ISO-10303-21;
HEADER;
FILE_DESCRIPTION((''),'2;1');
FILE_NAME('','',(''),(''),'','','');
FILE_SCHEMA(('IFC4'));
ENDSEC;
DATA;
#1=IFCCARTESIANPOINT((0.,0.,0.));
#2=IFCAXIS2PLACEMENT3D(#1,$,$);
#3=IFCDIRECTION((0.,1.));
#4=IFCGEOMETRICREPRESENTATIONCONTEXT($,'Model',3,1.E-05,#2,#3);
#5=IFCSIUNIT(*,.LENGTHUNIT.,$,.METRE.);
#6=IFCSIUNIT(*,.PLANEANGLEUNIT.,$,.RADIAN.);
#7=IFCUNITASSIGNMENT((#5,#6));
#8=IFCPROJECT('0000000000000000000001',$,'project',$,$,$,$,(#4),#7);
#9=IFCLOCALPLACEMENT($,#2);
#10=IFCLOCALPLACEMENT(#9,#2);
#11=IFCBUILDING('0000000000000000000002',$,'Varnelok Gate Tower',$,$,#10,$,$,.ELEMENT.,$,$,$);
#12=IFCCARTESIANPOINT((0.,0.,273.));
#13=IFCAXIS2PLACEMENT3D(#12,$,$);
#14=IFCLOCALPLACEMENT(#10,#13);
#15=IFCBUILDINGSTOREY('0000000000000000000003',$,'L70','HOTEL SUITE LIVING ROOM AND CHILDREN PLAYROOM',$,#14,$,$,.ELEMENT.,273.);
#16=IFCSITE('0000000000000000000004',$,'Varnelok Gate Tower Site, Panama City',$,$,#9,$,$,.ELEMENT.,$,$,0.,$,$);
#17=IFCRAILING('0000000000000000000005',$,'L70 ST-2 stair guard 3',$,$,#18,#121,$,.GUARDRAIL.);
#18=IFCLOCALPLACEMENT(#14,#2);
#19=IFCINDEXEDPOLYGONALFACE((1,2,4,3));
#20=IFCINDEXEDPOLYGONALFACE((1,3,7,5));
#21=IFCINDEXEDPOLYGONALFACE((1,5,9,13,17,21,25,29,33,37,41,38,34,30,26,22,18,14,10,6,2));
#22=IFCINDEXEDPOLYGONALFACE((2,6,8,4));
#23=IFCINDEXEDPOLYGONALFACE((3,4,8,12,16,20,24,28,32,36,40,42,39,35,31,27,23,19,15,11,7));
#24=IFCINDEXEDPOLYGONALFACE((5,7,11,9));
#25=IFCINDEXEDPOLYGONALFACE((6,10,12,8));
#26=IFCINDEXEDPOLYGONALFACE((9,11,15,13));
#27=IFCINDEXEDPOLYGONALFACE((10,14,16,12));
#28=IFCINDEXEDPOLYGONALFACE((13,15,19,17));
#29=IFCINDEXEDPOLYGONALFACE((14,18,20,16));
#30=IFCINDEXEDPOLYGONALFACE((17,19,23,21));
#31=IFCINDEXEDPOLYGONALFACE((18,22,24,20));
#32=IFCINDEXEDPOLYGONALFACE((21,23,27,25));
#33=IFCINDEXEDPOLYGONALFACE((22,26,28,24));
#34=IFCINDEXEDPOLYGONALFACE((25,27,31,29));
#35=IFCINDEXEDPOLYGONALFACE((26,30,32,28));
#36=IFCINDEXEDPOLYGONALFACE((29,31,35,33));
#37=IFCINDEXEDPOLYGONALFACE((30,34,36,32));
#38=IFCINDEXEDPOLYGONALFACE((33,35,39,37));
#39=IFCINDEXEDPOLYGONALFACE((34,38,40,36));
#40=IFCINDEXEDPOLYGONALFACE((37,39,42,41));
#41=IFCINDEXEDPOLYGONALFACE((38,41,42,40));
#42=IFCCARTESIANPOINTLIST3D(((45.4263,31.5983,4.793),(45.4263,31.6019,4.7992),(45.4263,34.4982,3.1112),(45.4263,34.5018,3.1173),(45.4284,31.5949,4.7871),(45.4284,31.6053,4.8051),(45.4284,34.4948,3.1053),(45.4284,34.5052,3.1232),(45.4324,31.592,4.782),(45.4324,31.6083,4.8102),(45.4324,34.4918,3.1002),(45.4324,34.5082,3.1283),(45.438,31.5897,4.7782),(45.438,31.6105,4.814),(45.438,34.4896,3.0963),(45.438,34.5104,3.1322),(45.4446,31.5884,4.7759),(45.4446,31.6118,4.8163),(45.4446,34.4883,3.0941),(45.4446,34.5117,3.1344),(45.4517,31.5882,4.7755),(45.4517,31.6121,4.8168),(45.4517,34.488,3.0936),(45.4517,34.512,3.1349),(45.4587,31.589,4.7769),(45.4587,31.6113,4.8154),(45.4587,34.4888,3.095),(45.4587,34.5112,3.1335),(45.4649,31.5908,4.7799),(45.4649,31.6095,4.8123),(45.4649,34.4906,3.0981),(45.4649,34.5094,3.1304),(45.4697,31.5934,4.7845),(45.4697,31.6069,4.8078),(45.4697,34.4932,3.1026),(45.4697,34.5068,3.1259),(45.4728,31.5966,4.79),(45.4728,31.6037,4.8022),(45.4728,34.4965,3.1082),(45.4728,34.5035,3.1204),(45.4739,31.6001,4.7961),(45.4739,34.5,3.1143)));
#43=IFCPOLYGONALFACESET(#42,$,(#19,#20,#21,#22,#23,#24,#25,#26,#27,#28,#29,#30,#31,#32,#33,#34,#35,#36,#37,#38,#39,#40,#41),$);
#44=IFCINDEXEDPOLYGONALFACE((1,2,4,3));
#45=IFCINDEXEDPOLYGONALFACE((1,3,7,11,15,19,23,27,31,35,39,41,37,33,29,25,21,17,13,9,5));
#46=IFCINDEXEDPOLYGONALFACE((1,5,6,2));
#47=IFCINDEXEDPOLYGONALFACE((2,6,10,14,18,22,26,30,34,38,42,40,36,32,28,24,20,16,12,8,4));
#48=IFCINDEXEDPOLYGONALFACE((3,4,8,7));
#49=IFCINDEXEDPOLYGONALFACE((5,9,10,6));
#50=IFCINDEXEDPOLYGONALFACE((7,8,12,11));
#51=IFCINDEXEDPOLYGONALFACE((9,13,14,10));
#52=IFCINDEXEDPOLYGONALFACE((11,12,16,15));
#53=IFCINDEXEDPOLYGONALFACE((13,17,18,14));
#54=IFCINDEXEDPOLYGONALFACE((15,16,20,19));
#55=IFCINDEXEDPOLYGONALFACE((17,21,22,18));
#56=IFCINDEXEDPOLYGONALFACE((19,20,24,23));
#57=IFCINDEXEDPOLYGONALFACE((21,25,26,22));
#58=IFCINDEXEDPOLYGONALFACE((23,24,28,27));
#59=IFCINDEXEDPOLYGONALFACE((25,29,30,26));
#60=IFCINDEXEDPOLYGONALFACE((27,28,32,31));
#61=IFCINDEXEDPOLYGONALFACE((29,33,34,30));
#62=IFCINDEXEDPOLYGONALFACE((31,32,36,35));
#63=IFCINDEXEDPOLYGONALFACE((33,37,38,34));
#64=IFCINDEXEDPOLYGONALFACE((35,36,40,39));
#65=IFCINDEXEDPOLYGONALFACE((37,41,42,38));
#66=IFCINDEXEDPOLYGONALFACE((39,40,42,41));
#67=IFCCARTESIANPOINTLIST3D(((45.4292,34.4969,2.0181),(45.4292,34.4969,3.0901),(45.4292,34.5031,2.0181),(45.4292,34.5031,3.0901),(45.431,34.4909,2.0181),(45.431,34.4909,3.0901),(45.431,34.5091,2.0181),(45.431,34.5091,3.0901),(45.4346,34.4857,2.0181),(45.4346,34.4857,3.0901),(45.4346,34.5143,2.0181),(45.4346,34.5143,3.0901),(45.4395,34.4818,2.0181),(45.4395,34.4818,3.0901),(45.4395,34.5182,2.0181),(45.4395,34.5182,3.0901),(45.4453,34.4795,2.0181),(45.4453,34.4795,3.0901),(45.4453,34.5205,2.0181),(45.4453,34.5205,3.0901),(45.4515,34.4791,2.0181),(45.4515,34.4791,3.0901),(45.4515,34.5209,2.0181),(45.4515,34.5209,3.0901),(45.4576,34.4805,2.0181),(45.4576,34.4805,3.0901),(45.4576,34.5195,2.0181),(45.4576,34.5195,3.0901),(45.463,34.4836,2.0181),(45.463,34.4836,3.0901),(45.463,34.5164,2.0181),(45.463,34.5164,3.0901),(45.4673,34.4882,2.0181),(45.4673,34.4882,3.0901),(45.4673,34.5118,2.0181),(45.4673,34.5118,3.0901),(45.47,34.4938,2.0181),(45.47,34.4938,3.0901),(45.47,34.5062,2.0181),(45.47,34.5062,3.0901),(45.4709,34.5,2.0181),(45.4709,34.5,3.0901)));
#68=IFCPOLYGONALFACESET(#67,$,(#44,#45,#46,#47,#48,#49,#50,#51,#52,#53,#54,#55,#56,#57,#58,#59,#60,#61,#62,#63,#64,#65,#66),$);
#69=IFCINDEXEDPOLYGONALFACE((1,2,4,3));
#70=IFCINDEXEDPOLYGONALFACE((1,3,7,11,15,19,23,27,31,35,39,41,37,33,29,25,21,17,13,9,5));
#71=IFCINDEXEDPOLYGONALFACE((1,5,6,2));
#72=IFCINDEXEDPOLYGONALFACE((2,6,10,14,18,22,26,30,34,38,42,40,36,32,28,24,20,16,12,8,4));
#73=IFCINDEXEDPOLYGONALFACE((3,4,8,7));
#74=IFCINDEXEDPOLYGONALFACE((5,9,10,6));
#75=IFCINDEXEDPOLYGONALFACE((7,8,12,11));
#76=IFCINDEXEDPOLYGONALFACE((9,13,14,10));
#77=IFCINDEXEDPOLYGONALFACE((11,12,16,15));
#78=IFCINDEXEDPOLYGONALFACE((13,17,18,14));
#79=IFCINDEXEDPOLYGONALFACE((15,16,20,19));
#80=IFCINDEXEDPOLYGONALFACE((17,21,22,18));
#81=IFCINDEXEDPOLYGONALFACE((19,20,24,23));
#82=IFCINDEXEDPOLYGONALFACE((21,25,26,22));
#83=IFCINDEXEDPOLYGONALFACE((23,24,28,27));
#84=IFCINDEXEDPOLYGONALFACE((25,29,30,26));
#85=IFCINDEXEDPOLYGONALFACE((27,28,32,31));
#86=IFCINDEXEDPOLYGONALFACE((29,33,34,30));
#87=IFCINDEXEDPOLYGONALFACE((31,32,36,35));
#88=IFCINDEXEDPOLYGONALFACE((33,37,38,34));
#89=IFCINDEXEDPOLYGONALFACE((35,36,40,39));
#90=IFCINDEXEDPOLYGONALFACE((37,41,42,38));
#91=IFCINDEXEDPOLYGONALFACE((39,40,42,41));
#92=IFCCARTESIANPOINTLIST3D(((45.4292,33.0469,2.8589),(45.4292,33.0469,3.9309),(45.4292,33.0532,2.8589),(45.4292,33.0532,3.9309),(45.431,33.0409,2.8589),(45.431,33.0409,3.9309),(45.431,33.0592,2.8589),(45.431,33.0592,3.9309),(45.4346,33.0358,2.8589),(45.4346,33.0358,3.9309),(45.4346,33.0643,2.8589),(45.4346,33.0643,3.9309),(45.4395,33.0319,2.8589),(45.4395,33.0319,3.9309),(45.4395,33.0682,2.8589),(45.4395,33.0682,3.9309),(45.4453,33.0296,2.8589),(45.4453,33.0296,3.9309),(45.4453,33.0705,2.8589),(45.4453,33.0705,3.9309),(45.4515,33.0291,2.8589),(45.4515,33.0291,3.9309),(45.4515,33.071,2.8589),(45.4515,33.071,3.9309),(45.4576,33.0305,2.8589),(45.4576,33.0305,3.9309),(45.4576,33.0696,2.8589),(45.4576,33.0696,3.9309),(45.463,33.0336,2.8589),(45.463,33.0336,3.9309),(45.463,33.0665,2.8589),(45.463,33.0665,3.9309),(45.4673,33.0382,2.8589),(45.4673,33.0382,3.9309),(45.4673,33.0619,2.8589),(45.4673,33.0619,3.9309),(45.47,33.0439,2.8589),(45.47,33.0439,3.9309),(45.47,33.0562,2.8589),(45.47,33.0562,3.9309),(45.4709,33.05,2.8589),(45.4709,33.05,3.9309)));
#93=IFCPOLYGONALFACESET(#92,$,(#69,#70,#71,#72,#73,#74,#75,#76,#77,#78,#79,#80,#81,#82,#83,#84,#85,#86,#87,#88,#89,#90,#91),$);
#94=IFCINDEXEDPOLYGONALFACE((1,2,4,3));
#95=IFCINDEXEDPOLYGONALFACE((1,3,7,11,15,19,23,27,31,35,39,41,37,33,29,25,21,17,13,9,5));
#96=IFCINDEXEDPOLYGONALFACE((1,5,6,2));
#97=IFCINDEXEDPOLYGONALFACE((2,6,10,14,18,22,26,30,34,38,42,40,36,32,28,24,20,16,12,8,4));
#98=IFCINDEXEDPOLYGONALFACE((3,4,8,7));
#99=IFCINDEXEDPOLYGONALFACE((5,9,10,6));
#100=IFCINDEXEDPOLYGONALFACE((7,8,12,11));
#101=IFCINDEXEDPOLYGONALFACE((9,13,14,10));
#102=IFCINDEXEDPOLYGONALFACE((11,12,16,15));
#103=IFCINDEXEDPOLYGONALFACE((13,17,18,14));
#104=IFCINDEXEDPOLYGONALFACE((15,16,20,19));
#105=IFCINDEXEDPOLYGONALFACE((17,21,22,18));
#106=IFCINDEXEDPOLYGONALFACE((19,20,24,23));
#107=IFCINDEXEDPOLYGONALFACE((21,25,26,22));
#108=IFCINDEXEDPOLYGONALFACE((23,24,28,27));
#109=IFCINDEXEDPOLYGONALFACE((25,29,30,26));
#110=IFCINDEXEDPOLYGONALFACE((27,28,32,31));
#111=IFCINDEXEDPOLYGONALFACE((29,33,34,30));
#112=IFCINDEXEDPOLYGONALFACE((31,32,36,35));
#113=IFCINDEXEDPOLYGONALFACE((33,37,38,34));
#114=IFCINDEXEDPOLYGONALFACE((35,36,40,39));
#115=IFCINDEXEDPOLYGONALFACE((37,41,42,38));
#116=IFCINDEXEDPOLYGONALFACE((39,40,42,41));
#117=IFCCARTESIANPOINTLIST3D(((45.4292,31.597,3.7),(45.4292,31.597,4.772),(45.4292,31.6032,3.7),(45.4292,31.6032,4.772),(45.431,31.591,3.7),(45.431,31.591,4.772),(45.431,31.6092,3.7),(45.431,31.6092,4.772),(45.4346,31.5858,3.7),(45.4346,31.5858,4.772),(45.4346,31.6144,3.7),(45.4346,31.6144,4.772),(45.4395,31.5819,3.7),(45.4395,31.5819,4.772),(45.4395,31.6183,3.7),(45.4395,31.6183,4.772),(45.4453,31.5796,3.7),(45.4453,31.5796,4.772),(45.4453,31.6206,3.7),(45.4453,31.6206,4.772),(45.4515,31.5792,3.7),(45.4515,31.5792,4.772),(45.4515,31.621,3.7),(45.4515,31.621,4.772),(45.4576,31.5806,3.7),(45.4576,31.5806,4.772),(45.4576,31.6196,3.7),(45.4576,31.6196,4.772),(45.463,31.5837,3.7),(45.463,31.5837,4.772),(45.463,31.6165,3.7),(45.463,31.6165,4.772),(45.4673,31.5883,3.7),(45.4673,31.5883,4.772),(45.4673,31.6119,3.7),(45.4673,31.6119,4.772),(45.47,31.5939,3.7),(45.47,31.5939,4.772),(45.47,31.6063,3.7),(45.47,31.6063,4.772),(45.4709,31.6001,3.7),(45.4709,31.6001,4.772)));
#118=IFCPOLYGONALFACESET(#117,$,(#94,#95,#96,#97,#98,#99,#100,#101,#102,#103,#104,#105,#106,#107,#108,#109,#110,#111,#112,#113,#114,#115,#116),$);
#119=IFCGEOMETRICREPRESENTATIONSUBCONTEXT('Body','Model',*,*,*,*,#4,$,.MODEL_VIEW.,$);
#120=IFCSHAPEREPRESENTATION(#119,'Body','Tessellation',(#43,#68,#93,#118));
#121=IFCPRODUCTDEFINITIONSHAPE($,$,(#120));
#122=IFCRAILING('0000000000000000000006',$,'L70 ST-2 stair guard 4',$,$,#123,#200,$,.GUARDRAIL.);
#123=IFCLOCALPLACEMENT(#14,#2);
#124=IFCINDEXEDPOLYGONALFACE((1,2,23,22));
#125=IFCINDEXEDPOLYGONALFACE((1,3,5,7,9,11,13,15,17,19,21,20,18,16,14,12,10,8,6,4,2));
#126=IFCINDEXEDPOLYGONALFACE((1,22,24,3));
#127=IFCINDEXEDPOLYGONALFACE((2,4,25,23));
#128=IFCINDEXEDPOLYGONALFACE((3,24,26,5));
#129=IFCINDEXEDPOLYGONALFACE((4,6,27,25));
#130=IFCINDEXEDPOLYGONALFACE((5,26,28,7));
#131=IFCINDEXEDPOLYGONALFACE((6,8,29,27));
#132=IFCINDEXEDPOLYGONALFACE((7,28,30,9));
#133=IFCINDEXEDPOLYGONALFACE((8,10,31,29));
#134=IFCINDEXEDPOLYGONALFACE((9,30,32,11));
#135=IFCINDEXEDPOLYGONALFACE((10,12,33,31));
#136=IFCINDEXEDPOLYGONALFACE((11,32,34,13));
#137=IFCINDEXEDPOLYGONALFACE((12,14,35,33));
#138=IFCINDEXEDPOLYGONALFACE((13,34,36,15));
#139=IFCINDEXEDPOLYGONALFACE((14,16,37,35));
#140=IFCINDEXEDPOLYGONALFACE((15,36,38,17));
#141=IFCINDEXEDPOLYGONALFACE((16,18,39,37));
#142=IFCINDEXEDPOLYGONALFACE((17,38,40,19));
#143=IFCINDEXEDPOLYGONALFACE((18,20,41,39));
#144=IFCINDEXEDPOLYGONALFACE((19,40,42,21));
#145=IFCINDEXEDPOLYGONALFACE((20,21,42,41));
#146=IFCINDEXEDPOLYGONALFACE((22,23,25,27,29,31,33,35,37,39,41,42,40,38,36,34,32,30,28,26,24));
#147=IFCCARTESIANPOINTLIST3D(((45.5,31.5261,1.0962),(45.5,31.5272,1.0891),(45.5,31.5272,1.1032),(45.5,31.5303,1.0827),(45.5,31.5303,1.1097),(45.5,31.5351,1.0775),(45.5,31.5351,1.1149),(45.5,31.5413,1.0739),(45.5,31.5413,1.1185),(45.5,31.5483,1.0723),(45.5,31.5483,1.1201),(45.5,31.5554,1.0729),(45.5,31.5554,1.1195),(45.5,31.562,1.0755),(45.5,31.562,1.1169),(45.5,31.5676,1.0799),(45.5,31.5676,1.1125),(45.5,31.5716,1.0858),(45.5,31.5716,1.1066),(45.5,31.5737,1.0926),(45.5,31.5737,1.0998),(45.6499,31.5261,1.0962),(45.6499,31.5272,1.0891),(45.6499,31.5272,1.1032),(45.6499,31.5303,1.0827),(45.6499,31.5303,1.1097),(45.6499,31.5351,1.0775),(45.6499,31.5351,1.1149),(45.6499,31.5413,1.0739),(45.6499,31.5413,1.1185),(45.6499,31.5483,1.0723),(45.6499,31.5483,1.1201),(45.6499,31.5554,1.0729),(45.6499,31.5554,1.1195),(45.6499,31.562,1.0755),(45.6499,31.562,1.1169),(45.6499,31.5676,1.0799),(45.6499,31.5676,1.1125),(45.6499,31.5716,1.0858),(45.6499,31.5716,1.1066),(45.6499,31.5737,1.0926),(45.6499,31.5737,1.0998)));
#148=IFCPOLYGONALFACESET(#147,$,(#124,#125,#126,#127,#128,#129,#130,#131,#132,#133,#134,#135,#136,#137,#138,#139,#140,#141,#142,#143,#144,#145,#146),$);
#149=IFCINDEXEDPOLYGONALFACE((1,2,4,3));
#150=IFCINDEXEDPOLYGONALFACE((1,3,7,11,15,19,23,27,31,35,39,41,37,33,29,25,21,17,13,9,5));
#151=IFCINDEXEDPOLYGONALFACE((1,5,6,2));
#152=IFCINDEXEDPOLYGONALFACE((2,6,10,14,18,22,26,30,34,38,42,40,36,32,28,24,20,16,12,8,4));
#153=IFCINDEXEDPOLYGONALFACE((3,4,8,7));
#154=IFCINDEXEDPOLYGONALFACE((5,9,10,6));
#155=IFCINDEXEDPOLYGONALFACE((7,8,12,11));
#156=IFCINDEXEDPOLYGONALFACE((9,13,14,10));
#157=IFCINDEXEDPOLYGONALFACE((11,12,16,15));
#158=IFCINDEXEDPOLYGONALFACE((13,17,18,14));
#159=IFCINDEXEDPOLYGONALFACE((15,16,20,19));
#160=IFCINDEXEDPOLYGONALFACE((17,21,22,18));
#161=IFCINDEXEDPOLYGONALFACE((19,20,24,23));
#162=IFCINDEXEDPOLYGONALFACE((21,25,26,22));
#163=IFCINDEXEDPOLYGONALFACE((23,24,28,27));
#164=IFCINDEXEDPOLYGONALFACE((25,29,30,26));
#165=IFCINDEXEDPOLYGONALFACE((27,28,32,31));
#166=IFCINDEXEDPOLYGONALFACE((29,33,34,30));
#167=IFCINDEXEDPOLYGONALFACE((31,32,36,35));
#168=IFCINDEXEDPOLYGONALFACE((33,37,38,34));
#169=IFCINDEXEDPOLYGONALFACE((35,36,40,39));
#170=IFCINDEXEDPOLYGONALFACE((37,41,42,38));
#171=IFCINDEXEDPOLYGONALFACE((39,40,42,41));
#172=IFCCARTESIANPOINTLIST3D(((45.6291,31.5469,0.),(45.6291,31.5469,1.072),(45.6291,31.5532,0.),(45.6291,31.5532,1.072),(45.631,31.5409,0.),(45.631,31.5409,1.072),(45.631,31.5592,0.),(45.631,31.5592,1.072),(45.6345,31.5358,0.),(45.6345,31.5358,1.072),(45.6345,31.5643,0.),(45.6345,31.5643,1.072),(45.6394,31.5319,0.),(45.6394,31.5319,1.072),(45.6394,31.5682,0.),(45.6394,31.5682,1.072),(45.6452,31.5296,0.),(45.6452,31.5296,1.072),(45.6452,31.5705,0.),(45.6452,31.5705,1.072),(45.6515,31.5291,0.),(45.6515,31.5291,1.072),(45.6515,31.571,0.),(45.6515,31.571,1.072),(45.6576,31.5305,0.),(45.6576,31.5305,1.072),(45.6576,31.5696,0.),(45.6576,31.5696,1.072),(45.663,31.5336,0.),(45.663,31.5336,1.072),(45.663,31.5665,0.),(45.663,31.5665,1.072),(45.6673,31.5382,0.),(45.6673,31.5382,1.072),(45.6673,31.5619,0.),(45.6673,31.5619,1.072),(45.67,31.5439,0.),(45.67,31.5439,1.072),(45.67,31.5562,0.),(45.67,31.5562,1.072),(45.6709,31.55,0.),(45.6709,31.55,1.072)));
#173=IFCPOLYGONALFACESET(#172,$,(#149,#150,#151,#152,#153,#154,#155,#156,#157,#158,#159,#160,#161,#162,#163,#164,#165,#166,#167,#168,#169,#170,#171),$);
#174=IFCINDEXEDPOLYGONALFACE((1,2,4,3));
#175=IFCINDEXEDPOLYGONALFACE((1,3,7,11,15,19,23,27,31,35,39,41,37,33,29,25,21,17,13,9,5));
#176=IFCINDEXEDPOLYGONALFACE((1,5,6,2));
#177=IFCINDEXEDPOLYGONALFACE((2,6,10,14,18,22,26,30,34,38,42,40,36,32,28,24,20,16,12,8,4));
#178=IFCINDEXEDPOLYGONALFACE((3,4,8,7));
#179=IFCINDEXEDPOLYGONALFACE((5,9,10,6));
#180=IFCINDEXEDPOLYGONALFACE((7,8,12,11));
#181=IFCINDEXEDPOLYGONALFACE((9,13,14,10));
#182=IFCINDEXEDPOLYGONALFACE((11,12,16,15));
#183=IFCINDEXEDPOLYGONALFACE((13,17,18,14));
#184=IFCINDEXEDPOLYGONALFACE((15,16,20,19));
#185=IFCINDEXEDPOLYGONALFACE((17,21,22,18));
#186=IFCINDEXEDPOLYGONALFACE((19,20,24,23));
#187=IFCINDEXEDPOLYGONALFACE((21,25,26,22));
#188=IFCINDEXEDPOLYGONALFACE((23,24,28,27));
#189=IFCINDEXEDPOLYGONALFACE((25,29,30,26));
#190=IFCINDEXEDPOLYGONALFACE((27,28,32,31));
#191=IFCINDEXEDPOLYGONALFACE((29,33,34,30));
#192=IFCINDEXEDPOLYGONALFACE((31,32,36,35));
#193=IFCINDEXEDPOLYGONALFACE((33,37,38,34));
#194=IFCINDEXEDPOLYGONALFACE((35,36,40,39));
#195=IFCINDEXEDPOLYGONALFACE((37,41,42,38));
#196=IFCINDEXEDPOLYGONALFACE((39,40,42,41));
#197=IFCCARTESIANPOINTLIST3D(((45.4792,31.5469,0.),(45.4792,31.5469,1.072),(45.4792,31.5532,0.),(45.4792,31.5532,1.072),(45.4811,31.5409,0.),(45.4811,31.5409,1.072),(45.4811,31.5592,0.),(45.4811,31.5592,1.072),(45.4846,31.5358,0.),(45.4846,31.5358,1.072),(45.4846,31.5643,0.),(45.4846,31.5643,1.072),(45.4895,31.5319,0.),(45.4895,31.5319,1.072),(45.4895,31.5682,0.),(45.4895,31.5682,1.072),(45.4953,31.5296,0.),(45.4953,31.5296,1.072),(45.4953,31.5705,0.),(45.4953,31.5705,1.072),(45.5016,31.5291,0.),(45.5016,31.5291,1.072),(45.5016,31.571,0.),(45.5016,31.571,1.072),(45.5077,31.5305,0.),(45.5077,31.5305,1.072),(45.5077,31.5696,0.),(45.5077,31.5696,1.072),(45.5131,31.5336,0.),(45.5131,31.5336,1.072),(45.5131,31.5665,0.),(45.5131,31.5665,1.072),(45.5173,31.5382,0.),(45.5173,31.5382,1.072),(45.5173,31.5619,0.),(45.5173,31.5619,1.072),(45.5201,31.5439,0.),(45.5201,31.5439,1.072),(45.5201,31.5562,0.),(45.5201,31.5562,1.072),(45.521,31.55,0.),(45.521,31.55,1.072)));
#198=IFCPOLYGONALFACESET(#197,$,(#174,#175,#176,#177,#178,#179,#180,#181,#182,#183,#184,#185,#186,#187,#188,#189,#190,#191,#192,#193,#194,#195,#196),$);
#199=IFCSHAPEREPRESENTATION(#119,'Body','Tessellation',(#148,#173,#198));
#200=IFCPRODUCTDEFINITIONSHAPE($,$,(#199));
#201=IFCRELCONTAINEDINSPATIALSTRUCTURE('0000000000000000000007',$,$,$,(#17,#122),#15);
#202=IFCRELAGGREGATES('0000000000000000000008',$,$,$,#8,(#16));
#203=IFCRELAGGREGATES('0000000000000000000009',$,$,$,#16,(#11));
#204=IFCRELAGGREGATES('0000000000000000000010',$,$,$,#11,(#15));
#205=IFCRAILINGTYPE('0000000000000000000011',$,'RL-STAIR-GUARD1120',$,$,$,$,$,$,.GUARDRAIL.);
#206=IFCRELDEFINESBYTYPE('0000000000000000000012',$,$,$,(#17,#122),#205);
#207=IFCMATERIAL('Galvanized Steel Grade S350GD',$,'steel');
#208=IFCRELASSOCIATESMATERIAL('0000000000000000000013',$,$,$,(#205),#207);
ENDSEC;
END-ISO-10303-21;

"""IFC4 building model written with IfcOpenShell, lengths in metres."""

from ifc_helpers import new_model, si_unit, direction, frame, origin, origin_2d, place, context, subcontext, project, spatial, circle, extrude, material, type_object, element, save


model = new_model("IFC4")

# Units and contexts
model_context = context("Model", 3, precision=1e-05, world=origin(), true_north=direction((0.0, 1.0)))
body_context = subcontext(model_context, "Body", "Model", "MODEL_VIEW")
ifc_project = project(units=[si_unit("LENGTHUNIT", "METRE"), si_unit("PLANEANGLEUNIT", "RADIAN")], contexts=[model_context])

# Site, building, storey
site_placement = place(None, origin())
site = spatial("IfcSite", under=ifc_project, at=site_placement, Name="Varnelok Gate Tower Site, Panama City", CompositionType="ELEMENT", RefElevation=0.0)
building_placement = place(site_placement, origin())
building = spatial("IfcBuilding", under=site, at=building_placement, Name="Varnelok Gate Tower", CompositionType="ELEMENT")
storey_placement = place(building_placement, frame((0.0, 0.0, 273.0)))
storey = spatial("IfcBuildingStorey", under=building, at=storey_placement, Name="L70", Description="HOTEL SUITE LIVING ROOM AND CHILDREN PLAYROOM", CompositionType="ELEMENT", Elevation=273.0)

# Shared definitions
ifc_material_1 = material(Name="Galvanized Steel Grade S350GD", Category="steel")

# Railings
railing_type_1 = type_object("IfcRailingType", Name="RL-STAIR-GUARD1120", PredefinedType="GUARDRAIL", material=ifc_material_1)
railing_1_placement = place(storey_placement, frame((45.45, 34.5, 2.0181)))
element("IfcRailing", 1, at=railing_1_placement, inside=storey, type_object=railing_type_1, Name="L70 ST-2 stair guard 3", PredefinedType="GUARDRAIL", context=body_context, shape_type="SweptSolid", body=[
    extrude(circle(Radius=0.0239, at=origin_2d()), frame((0.0, 0.0, 1.0962), z_axis=(0.0, -0.865039, 0.501705), x_axis=(1.0, 0.0, 0.0)), (0.0, 0.0, 1.0), 3.3523),
    extrude(circle(Radius=0.021, at=origin_2d()), origin(), (0.0, 0.0, 1.0), 1.072),
    extrude(circle(Radius=0.021, at=origin_2d()), frame((0.0, -1.45, 0.8408)), (0.0, 0.0, 1.0), 1.072),
    extrude(circle(Radius=0.021, at=origin_2d()), frame((0.0, -2.8999, 1.6819)), (0.0, 0.0, 1.0), 1.072),
])
railing_2_placement = place(storey_placement, frame((45.6499, 31.55, 0.0)))
element("IfcRailing", 2, at=railing_2_placement, inside=storey, type_object=railing_type_1, Name="L70 ST-2 stair guard 4", PredefinedType="GUARDRAIL", context=body_context, shape_type="SweptSolid", body=[
    extrude(circle(Radius=0.0239, at=origin_2d()), frame((0.0, 0.0, 1.0962), z_axis=(-1.0, 0.0, 0.0), x_axis=(0.0, -1.0, 0.0)), (0.0, 0.0, 1.0), 0.1499),
    extrude(circle(Radius=0.021, at=origin_2d()), origin(), (0.0, 0.0, 1.0), 1.072),
    extrude(circle(Radius=0.021, at=origin_2d()), frame((-0.1499, 0.0, 0.0)), (0.0, 0.0, 1.0), 1.072),
])

save(model, "model.ifc")
